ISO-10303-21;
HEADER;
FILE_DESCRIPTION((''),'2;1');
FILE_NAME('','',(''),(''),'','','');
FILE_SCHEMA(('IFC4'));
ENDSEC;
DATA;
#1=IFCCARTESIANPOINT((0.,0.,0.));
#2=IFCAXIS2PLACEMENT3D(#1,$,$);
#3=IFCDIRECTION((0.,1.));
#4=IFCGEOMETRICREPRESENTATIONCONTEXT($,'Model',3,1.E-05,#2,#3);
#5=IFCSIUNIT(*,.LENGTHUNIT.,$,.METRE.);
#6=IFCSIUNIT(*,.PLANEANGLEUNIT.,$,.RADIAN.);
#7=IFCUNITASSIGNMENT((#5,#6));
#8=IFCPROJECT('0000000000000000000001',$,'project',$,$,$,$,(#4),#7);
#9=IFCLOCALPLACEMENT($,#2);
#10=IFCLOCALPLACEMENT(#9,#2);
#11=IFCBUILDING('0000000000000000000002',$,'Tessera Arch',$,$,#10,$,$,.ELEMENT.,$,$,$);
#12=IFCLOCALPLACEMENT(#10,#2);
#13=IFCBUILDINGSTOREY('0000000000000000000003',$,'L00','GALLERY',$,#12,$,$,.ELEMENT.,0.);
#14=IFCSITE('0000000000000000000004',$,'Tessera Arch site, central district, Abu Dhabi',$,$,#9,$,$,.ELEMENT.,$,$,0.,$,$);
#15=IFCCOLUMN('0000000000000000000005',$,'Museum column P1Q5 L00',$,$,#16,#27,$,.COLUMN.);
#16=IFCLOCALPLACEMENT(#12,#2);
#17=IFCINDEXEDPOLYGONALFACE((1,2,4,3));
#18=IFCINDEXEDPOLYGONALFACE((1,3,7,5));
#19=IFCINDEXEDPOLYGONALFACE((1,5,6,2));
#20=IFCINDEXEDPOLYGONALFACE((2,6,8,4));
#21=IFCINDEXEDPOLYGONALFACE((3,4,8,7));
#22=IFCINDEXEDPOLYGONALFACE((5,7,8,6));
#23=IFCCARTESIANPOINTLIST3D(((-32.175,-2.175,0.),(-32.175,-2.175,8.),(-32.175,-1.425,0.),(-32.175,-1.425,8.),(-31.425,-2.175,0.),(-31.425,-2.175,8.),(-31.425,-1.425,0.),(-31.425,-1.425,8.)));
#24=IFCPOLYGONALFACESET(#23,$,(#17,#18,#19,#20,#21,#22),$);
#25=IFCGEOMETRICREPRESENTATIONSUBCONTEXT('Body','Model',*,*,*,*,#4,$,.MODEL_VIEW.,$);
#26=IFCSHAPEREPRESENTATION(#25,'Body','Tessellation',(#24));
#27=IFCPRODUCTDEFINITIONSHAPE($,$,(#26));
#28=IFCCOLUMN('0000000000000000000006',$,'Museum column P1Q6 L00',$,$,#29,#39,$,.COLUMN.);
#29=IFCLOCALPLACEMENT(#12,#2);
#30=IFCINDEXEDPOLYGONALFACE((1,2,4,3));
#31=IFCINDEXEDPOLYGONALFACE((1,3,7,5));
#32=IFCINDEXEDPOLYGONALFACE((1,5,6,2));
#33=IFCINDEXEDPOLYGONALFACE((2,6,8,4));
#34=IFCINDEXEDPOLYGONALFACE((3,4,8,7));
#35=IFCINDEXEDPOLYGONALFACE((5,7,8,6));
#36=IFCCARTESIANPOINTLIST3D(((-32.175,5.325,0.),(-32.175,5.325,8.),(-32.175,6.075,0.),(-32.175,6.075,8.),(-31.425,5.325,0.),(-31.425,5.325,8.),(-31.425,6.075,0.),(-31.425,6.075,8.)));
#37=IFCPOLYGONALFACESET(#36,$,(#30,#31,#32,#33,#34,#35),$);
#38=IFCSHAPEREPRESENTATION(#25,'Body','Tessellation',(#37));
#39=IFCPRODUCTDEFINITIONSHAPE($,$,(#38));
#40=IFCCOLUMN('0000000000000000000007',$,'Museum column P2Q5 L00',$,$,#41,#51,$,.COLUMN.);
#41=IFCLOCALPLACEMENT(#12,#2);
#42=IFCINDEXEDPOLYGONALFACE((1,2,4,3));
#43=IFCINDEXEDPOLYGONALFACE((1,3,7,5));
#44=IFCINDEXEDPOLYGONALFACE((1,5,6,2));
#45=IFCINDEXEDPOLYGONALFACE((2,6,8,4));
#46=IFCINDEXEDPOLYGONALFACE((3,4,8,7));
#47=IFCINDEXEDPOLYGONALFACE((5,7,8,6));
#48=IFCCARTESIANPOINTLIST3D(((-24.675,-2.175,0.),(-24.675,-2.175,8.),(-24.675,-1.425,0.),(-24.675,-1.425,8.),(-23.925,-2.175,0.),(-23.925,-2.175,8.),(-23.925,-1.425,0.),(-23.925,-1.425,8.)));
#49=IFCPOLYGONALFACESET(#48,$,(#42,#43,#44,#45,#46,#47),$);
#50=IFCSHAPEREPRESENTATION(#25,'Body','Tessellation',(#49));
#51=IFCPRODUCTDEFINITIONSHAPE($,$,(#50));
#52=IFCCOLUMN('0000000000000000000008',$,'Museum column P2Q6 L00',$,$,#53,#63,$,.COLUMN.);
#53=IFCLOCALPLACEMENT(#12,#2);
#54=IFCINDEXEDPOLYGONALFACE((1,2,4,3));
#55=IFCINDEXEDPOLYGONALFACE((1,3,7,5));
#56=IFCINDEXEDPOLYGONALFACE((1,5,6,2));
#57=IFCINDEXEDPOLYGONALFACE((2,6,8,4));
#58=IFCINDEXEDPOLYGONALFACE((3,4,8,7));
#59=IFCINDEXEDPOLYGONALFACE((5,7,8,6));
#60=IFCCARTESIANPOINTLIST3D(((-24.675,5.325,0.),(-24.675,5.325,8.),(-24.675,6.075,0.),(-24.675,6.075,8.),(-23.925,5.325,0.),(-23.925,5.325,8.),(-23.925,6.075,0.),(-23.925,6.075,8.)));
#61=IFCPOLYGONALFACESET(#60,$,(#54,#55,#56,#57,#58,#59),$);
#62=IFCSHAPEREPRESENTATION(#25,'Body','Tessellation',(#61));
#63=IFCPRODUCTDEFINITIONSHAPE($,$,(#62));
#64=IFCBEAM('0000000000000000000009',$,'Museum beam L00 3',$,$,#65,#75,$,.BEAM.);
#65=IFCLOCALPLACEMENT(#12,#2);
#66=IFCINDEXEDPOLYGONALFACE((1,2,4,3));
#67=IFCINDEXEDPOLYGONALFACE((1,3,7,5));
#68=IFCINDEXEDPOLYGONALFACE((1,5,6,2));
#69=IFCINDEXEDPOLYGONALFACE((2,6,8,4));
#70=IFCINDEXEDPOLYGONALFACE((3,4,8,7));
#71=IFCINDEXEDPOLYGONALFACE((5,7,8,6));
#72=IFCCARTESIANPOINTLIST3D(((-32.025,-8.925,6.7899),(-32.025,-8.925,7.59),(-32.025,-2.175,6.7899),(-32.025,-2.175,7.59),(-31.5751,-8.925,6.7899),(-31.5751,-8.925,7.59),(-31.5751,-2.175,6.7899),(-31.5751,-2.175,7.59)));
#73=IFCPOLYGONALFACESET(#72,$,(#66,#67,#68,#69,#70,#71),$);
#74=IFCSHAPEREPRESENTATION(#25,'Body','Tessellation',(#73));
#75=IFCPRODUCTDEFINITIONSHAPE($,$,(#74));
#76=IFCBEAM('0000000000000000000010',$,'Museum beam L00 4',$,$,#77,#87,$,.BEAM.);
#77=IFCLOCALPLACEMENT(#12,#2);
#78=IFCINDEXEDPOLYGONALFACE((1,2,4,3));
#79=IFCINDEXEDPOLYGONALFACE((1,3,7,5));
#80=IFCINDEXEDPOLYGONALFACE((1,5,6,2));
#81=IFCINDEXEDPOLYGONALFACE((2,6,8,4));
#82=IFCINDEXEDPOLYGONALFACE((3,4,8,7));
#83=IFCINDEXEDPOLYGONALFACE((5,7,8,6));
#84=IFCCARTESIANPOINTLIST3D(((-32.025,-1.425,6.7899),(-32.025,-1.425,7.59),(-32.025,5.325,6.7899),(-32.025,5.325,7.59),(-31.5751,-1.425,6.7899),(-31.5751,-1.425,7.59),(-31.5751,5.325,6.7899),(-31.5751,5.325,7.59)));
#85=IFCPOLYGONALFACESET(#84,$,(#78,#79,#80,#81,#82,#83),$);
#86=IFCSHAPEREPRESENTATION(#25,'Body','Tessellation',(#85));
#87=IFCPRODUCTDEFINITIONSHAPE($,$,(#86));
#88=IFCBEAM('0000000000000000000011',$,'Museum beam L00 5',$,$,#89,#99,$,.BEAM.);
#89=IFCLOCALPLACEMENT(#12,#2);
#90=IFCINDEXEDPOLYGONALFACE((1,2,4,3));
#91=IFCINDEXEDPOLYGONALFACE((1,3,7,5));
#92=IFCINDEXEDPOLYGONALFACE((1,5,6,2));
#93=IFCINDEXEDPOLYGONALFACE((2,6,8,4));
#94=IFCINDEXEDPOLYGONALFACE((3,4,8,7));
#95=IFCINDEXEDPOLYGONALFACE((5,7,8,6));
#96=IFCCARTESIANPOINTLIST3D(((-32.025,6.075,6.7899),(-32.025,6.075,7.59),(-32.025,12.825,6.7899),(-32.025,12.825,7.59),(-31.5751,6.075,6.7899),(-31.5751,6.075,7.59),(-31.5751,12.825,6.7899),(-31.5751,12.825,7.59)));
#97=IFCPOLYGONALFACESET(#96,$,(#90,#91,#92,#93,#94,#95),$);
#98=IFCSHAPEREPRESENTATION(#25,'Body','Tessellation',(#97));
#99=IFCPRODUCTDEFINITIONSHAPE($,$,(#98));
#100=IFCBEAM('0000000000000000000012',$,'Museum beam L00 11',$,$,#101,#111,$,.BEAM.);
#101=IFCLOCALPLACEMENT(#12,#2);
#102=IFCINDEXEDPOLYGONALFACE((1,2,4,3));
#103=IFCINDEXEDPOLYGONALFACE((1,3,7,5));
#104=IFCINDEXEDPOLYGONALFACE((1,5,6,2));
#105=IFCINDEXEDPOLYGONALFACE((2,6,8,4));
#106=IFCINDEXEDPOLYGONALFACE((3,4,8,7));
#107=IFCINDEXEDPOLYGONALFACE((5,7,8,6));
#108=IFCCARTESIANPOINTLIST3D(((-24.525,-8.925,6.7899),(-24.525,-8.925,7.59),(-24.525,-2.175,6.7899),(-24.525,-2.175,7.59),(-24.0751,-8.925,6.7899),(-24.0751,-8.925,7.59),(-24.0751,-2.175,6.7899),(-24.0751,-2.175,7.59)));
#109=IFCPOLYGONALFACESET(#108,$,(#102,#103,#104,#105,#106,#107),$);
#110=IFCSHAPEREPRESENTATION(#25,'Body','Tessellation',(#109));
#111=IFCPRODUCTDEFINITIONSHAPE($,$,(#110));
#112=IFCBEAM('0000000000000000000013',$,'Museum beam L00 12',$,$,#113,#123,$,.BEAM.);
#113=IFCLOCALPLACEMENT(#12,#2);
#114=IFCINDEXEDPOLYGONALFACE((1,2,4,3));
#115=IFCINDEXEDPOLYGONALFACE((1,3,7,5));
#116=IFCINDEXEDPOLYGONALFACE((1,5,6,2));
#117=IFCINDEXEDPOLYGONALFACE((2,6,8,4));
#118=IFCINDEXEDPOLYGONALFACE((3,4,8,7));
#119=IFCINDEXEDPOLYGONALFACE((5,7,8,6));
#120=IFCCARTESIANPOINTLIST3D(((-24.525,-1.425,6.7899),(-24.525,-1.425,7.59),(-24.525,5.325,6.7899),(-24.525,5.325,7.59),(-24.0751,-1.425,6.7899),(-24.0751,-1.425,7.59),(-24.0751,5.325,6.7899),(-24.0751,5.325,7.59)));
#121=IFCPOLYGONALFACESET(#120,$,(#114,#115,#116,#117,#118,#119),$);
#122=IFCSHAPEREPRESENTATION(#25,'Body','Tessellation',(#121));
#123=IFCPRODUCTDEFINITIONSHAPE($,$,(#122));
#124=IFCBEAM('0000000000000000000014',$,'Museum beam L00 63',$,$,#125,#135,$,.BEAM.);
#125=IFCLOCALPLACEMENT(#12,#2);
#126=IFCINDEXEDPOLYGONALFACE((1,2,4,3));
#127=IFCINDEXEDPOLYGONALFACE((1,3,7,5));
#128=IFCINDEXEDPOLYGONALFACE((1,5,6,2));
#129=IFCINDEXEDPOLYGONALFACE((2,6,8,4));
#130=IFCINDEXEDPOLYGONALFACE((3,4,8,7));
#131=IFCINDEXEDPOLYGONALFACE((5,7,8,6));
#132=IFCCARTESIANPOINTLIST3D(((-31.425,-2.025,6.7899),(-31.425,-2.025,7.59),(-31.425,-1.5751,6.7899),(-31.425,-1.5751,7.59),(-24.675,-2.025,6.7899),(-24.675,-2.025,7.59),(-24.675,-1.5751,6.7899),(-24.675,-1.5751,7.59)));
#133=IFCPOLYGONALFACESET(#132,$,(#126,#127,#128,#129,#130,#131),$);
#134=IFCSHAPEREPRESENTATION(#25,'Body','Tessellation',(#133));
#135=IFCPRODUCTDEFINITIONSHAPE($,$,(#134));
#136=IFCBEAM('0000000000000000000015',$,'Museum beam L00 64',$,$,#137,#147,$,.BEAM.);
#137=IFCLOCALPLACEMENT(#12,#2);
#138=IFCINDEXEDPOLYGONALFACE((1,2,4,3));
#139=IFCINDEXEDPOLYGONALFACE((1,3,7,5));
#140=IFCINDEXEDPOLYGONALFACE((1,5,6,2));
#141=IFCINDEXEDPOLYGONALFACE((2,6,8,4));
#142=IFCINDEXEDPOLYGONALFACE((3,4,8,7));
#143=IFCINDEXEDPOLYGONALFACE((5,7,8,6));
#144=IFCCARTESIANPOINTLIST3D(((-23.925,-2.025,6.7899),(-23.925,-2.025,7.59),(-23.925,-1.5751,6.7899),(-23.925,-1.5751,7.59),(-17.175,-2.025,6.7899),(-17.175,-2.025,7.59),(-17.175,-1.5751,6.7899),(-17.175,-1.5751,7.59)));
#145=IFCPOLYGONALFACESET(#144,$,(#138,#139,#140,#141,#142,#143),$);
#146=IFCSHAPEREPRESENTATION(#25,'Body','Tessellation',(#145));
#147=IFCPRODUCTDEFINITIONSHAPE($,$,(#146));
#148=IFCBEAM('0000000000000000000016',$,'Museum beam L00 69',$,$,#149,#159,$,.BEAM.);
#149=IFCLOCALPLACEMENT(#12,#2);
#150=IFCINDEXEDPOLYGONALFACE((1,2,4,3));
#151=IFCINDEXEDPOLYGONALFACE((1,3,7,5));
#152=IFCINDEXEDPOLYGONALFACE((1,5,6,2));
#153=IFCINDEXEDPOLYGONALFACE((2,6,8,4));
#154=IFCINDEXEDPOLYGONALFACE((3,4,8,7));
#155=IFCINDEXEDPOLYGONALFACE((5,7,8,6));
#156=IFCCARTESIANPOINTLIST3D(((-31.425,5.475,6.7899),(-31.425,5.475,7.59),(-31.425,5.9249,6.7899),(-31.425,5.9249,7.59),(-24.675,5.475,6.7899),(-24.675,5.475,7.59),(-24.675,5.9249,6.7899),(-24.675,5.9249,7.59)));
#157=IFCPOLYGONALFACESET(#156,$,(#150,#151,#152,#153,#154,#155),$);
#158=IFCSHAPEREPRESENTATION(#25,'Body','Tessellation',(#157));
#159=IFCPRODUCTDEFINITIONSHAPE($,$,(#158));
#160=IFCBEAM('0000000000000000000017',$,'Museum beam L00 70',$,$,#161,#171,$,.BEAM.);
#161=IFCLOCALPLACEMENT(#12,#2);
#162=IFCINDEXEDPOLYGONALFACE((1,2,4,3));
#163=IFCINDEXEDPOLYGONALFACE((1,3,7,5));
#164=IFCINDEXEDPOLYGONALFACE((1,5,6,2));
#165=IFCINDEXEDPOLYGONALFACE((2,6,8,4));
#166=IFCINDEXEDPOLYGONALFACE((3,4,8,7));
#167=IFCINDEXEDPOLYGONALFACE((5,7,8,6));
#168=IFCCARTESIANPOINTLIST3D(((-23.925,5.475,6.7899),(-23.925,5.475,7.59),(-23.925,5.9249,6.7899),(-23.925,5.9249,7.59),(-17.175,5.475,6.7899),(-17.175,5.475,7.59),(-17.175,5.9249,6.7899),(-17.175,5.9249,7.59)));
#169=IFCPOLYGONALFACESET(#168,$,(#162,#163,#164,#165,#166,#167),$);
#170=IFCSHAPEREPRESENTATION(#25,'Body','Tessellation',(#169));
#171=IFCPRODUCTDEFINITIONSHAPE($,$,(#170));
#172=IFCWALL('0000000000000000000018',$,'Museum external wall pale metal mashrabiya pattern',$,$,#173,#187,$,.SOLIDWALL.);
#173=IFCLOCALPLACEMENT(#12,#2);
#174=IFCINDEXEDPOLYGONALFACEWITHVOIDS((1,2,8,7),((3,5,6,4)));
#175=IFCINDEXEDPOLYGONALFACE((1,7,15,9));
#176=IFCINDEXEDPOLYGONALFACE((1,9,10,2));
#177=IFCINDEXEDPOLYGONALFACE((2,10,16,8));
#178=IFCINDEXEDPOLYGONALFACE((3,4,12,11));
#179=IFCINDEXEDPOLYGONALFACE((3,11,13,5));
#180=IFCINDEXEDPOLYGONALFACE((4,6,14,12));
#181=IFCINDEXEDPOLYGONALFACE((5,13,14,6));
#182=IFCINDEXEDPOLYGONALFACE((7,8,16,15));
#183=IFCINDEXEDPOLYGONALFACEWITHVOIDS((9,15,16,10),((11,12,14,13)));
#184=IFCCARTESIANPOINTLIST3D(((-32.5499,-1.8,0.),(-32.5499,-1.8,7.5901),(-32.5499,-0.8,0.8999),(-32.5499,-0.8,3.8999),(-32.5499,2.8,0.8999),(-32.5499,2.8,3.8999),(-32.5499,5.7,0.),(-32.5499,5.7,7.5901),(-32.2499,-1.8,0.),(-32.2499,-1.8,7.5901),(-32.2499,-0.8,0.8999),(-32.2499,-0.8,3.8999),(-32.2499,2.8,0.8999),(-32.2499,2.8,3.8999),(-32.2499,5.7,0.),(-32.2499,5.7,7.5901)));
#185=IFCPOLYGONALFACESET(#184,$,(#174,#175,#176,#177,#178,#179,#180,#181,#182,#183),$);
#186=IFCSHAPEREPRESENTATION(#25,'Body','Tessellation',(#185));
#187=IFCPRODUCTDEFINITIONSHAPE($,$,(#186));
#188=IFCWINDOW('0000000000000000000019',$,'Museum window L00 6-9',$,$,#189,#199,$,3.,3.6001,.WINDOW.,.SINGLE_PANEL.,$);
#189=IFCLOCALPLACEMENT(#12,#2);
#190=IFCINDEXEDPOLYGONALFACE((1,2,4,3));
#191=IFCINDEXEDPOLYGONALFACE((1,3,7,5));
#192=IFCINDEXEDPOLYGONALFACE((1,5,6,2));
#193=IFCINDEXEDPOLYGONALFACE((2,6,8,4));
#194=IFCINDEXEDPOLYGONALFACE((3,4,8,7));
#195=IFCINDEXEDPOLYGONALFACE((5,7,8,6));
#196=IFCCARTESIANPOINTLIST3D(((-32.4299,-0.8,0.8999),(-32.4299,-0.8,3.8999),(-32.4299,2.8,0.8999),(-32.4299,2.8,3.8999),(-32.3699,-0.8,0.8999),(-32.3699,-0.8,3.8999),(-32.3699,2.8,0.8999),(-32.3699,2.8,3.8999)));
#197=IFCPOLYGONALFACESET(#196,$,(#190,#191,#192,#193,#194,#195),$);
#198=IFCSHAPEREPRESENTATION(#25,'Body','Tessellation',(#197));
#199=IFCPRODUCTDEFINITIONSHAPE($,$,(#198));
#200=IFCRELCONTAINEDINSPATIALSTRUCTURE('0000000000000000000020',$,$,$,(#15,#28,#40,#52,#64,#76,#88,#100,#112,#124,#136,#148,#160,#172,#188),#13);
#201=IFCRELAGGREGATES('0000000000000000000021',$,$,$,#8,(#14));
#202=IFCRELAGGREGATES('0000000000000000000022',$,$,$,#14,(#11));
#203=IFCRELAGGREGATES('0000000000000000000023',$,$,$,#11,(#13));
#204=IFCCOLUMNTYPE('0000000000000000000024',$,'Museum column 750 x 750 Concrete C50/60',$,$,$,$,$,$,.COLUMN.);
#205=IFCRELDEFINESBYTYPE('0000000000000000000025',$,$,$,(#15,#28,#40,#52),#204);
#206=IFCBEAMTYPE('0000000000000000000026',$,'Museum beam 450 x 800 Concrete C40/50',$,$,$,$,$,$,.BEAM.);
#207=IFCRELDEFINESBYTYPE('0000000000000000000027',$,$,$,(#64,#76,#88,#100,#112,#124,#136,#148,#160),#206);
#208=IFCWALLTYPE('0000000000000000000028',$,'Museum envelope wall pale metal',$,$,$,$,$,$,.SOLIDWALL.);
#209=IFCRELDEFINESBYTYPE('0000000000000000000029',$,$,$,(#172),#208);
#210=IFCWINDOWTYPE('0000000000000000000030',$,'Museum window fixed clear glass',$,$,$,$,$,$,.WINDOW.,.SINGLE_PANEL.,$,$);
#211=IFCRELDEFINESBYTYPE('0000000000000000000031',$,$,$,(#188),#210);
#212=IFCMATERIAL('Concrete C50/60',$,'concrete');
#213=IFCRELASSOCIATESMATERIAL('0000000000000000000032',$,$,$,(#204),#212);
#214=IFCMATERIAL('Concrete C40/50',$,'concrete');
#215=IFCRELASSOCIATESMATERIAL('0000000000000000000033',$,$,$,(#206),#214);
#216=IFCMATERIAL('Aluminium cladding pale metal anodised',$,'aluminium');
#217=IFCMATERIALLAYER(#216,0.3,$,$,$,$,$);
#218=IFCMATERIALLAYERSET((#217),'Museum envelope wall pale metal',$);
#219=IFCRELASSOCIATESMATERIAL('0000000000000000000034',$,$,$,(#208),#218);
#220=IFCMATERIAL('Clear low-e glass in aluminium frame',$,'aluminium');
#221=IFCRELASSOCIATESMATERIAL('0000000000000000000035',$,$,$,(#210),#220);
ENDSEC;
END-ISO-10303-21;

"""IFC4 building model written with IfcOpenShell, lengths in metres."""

from ifc_helpers import new_model, si_unit, direction, frame, frame_2d, origin, origin_2d, place, context, subcontext, project, spatial, rectangle, extrude, material, layer, layer_set, material_profile, profile_set, type_object, element, fill, save


model = new_model("IFC4")

# Units and contexts
model_context = context("Model", 3, precision=1e-05, world=origin(), true_north=direction((0.0, 1.0)))
body_context = subcontext(model_context, "Body", "Model", "MODEL_VIEW")
ifc_project = project(units=[si_unit("LENGTHUNIT", "METRE"), si_unit("PLANEANGLEUNIT", "RADIAN")], contexts=[model_context])

# Site, building, storey
site_placement = place(None, origin())
site = spatial("IfcSite", under=ifc_project, at=site_placement, Name="Tessera Arch site, central district, Abu Dhabi", CompositionType="ELEMENT", RefElevation=0.0)
building_placement = place(site_placement, origin())
building = spatial("IfcBuilding", under=site, at=building_placement, Name="Tessera Arch", CompositionType="ELEMENT")
storey_placement = place(building_placement, origin())
storey = spatial("IfcBuildingStorey", under=building, at=storey_placement, Name="L00", Description="GALLERY", CompositionType="ELEMENT", Elevation=0.0)

# Columns
ifc_material_1 = material(Name="Concrete C50/60", Category="concrete")
ifc_material_profile_1 = material_profile(ifc_material_1, rectangle(XDim=0.75, YDim=0.75, at=origin_2d()), Name="Museum column 750 x 750 Concrete C50/60")
ifc_profile_set_1 = profile_set([ifc_material_profile_1], Name="Concrete C50/60")
column_type = type_object("IfcColumnType", Name="Museum column 750 x 750 Concrete C50/60", PredefinedType="COLUMN", material=ifc_profile_set_1)
for number, where, z_axis, x_axis, name in (
    (1, (-31.8, -1.8, 0.0), (0.0, 0.0, 1.0), (1.0, 0.0, 0.0), "Museum column P1Q5 L00"),
    (2, (-31.8, 5.7, 0.0), (0.0, 0.0, 1.0), (1.0, 0.0, 0.0), "Museum column P1Q6 L00"),
    (3, (-24.3, -1.8, 0.0), (0.0, 0.0, 1.0), (1.0, 0.0, 0.0), "Museum column P2Q5 L00"),
    (4, (-24.3, 5.7, 0.0), (0.0, 0.0, 1.0), (1.0, 0.0, 0.0), "Museum column P2Q6 L00"),
):
    element("IfcColumn", number, at=place(storey_placement, frame(where, z_axis=z_axis, x_axis=x_axis)), inside=storey, type_object=column_type, Name=name, PredefinedType="COLUMN", context=body_context, shape_type="SweptSolid", body=[
        extrude(rectangle(XDim=0.75, YDim=0.75, at=origin_2d()), origin(), (0.0, 0.0, 1.0), 8.0),
    ])

# Beams
ifc_material_2 = material(Name="Concrete C40/50", Category="concrete")
ifc_material_profile_2 = material_profile(ifc_material_2, rectangle(XDim=0.45, YDim=0.8, at=origin_2d()), Name="Museum beam 450 x 800 Concrete C40/50")
ifc_profile_set_2 = profile_set([ifc_material_profile_2], Name="Concrete C40/50")
beam_type = type_object("IfcBeamType", Name="Museum beam 450 x 800 Concrete C40/50", PredefinedType="BEAM", material=ifc_profile_set_2)
for number, where, z_axis, x_axis, name in (
    (5, (-31.8, -8.925, 7.1899), (0.0, 1.0, 0.0), (-1.0, 0.0, 0.0), "Museum beam L00 3"),
    (6, (-31.8, -1.425, 7.1899), (0.0, 1.0, 0.0), (-1.0, 0.0, 0.0), "Museum beam L00 4"),
    (7, (-31.8, 6.075, 7.1899), (0.0, 1.0, 0.0), (-1.0, 0.0, 0.0), "Museum beam L00 5"),
    (8, (-24.3, -8.925, 7.1899), (0.0, 1.0, 0.0), (-1.0, 0.0, 0.0), "Museum beam L00 11"),
    (9, (-24.3, -1.425, 7.1899), (0.0, 1.0, 0.0), (-1.0, 0.0, 0.0), "Museum beam L00 12"),
    (10, (-31.425, -1.8, 7.1899), (1.0, 0.0, 0.0), (0.0, 1.0, 0.0), "Museum beam L00 63"),
    (11, (-23.925, -1.8, 7.1899), (1.0, 0.0, 0.0), (0.0, 1.0, 0.0), "Museum beam L00 64"),
    (12, (-31.425, 5.7, 7.1899), (1.0, 0.0, 0.0), (0.0, 1.0, 0.0), "Museum beam L00 69"),
    (13, (-23.925, 5.7, 7.1899), (1.0, 0.0, 0.0), (0.0, 1.0, 0.0), "Museum beam L00 70"),
):
    element("IfcBeam", number, at=place(storey_placement, frame(where, z_axis=z_axis, x_axis=x_axis)), inside=storey, type_object=beam_type, Name=name, PredefinedType="BEAM", context=body_context, shape_type="SweptSolid", body=[
        extrude(rectangle(XDim=0.45, YDim=0.8, at=origin_2d()), origin(), (0.0, 0.0, 1.0), 6.75),
    ])

# Wall, opening, window
ifc_material_3 = material(Name="Aluminium cladding pale metal anodised", Category="aluminium")
ifc_layer_1 = layer(ifc_material_3, 0.3)
ifc_layer_set_1 = layer_set([ifc_layer_1], Name="Museum envelope wall pale metal")
wall_type_1 = type_object("IfcWallType", Name="Museum envelope wall pale metal", PredefinedType="SOLIDWALL", material=ifc_layer_set_1)
wall_1_placement = place(storey_placement, frame((-32.3999, 5.7, 0.0), z_axis=(0.0, 0.0, 1.0), x_axis=(0.0, -1.0, 0.0)))
wall_1 = element("IfcWall", 14, at=wall_1_placement, inside=storey, type_object=wall_type_1, Name="Museum external wall pale metal mashrabiya pattern", PredefinedType="SOLIDWALL", context=body_context, shape_type="SweptSolid", body=[
    extrude(rectangle(XDim=7.5, YDim=0.3, at=frame_2d((3.75, 0.0))), origin(), (0.0, 0.0, 1.0), 7.5901),
])
opening_1_placement = place(wall_1_placement, frame((2.8999, 0.0, 0.8999)))
opening_1 = element("IfcOpeningElement", 15, at=opening_1_placement, cuts=wall_1, PredefinedType="OPENING", context=body_context, shape_type="SweptSolid", body=[
    extrude(rectangle(XDim=3.6001, YDim=3.0, at=frame_2d((1.8, 1.5))), frame((0.0, 0.1599, 0.0), z_axis=(0.0, -1.0, 0.0), x_axis=(1.0, 0.0, 0.0)), (0.0, 0.0, 1.0), 0.3201),
])
ifc_material_4 = material(Name="Clear low-e glass in aluminium frame", Category="aluminium")
window_type = type_object("IfcWindowType", Name="Museum window fixed clear glass", PartitioningType="SINGLE_PANEL", PredefinedType="WINDOW", material=ifc_material_4)
window_1_placement = place(opening_1_placement, origin())
window_1 = element("IfcWindow", 16, at=window_1_placement, inside=storey, type_object=window_type, Name="Museum window L00 6-9", OverallHeight=3.0, OverallWidth=3.6001, PartitioningType="SINGLE_PANEL", PredefinedType="WINDOW", context=body_context, shape_type="SweptSolid", body=[
    extrude(rectangle(XDim=3.6001, YDim=3.0, at=frame_2d((1.8, 1.5))), frame((0.0, 0.03, 0.0), z_axis=(0.0, -1.0, 0.0), x_axis=(1.0, 0.0, 0.0)), (0.0, 0.0, 1.0), 0.0601),
])
fill(opening_1, window_1)

save(model, "model.ifc")
